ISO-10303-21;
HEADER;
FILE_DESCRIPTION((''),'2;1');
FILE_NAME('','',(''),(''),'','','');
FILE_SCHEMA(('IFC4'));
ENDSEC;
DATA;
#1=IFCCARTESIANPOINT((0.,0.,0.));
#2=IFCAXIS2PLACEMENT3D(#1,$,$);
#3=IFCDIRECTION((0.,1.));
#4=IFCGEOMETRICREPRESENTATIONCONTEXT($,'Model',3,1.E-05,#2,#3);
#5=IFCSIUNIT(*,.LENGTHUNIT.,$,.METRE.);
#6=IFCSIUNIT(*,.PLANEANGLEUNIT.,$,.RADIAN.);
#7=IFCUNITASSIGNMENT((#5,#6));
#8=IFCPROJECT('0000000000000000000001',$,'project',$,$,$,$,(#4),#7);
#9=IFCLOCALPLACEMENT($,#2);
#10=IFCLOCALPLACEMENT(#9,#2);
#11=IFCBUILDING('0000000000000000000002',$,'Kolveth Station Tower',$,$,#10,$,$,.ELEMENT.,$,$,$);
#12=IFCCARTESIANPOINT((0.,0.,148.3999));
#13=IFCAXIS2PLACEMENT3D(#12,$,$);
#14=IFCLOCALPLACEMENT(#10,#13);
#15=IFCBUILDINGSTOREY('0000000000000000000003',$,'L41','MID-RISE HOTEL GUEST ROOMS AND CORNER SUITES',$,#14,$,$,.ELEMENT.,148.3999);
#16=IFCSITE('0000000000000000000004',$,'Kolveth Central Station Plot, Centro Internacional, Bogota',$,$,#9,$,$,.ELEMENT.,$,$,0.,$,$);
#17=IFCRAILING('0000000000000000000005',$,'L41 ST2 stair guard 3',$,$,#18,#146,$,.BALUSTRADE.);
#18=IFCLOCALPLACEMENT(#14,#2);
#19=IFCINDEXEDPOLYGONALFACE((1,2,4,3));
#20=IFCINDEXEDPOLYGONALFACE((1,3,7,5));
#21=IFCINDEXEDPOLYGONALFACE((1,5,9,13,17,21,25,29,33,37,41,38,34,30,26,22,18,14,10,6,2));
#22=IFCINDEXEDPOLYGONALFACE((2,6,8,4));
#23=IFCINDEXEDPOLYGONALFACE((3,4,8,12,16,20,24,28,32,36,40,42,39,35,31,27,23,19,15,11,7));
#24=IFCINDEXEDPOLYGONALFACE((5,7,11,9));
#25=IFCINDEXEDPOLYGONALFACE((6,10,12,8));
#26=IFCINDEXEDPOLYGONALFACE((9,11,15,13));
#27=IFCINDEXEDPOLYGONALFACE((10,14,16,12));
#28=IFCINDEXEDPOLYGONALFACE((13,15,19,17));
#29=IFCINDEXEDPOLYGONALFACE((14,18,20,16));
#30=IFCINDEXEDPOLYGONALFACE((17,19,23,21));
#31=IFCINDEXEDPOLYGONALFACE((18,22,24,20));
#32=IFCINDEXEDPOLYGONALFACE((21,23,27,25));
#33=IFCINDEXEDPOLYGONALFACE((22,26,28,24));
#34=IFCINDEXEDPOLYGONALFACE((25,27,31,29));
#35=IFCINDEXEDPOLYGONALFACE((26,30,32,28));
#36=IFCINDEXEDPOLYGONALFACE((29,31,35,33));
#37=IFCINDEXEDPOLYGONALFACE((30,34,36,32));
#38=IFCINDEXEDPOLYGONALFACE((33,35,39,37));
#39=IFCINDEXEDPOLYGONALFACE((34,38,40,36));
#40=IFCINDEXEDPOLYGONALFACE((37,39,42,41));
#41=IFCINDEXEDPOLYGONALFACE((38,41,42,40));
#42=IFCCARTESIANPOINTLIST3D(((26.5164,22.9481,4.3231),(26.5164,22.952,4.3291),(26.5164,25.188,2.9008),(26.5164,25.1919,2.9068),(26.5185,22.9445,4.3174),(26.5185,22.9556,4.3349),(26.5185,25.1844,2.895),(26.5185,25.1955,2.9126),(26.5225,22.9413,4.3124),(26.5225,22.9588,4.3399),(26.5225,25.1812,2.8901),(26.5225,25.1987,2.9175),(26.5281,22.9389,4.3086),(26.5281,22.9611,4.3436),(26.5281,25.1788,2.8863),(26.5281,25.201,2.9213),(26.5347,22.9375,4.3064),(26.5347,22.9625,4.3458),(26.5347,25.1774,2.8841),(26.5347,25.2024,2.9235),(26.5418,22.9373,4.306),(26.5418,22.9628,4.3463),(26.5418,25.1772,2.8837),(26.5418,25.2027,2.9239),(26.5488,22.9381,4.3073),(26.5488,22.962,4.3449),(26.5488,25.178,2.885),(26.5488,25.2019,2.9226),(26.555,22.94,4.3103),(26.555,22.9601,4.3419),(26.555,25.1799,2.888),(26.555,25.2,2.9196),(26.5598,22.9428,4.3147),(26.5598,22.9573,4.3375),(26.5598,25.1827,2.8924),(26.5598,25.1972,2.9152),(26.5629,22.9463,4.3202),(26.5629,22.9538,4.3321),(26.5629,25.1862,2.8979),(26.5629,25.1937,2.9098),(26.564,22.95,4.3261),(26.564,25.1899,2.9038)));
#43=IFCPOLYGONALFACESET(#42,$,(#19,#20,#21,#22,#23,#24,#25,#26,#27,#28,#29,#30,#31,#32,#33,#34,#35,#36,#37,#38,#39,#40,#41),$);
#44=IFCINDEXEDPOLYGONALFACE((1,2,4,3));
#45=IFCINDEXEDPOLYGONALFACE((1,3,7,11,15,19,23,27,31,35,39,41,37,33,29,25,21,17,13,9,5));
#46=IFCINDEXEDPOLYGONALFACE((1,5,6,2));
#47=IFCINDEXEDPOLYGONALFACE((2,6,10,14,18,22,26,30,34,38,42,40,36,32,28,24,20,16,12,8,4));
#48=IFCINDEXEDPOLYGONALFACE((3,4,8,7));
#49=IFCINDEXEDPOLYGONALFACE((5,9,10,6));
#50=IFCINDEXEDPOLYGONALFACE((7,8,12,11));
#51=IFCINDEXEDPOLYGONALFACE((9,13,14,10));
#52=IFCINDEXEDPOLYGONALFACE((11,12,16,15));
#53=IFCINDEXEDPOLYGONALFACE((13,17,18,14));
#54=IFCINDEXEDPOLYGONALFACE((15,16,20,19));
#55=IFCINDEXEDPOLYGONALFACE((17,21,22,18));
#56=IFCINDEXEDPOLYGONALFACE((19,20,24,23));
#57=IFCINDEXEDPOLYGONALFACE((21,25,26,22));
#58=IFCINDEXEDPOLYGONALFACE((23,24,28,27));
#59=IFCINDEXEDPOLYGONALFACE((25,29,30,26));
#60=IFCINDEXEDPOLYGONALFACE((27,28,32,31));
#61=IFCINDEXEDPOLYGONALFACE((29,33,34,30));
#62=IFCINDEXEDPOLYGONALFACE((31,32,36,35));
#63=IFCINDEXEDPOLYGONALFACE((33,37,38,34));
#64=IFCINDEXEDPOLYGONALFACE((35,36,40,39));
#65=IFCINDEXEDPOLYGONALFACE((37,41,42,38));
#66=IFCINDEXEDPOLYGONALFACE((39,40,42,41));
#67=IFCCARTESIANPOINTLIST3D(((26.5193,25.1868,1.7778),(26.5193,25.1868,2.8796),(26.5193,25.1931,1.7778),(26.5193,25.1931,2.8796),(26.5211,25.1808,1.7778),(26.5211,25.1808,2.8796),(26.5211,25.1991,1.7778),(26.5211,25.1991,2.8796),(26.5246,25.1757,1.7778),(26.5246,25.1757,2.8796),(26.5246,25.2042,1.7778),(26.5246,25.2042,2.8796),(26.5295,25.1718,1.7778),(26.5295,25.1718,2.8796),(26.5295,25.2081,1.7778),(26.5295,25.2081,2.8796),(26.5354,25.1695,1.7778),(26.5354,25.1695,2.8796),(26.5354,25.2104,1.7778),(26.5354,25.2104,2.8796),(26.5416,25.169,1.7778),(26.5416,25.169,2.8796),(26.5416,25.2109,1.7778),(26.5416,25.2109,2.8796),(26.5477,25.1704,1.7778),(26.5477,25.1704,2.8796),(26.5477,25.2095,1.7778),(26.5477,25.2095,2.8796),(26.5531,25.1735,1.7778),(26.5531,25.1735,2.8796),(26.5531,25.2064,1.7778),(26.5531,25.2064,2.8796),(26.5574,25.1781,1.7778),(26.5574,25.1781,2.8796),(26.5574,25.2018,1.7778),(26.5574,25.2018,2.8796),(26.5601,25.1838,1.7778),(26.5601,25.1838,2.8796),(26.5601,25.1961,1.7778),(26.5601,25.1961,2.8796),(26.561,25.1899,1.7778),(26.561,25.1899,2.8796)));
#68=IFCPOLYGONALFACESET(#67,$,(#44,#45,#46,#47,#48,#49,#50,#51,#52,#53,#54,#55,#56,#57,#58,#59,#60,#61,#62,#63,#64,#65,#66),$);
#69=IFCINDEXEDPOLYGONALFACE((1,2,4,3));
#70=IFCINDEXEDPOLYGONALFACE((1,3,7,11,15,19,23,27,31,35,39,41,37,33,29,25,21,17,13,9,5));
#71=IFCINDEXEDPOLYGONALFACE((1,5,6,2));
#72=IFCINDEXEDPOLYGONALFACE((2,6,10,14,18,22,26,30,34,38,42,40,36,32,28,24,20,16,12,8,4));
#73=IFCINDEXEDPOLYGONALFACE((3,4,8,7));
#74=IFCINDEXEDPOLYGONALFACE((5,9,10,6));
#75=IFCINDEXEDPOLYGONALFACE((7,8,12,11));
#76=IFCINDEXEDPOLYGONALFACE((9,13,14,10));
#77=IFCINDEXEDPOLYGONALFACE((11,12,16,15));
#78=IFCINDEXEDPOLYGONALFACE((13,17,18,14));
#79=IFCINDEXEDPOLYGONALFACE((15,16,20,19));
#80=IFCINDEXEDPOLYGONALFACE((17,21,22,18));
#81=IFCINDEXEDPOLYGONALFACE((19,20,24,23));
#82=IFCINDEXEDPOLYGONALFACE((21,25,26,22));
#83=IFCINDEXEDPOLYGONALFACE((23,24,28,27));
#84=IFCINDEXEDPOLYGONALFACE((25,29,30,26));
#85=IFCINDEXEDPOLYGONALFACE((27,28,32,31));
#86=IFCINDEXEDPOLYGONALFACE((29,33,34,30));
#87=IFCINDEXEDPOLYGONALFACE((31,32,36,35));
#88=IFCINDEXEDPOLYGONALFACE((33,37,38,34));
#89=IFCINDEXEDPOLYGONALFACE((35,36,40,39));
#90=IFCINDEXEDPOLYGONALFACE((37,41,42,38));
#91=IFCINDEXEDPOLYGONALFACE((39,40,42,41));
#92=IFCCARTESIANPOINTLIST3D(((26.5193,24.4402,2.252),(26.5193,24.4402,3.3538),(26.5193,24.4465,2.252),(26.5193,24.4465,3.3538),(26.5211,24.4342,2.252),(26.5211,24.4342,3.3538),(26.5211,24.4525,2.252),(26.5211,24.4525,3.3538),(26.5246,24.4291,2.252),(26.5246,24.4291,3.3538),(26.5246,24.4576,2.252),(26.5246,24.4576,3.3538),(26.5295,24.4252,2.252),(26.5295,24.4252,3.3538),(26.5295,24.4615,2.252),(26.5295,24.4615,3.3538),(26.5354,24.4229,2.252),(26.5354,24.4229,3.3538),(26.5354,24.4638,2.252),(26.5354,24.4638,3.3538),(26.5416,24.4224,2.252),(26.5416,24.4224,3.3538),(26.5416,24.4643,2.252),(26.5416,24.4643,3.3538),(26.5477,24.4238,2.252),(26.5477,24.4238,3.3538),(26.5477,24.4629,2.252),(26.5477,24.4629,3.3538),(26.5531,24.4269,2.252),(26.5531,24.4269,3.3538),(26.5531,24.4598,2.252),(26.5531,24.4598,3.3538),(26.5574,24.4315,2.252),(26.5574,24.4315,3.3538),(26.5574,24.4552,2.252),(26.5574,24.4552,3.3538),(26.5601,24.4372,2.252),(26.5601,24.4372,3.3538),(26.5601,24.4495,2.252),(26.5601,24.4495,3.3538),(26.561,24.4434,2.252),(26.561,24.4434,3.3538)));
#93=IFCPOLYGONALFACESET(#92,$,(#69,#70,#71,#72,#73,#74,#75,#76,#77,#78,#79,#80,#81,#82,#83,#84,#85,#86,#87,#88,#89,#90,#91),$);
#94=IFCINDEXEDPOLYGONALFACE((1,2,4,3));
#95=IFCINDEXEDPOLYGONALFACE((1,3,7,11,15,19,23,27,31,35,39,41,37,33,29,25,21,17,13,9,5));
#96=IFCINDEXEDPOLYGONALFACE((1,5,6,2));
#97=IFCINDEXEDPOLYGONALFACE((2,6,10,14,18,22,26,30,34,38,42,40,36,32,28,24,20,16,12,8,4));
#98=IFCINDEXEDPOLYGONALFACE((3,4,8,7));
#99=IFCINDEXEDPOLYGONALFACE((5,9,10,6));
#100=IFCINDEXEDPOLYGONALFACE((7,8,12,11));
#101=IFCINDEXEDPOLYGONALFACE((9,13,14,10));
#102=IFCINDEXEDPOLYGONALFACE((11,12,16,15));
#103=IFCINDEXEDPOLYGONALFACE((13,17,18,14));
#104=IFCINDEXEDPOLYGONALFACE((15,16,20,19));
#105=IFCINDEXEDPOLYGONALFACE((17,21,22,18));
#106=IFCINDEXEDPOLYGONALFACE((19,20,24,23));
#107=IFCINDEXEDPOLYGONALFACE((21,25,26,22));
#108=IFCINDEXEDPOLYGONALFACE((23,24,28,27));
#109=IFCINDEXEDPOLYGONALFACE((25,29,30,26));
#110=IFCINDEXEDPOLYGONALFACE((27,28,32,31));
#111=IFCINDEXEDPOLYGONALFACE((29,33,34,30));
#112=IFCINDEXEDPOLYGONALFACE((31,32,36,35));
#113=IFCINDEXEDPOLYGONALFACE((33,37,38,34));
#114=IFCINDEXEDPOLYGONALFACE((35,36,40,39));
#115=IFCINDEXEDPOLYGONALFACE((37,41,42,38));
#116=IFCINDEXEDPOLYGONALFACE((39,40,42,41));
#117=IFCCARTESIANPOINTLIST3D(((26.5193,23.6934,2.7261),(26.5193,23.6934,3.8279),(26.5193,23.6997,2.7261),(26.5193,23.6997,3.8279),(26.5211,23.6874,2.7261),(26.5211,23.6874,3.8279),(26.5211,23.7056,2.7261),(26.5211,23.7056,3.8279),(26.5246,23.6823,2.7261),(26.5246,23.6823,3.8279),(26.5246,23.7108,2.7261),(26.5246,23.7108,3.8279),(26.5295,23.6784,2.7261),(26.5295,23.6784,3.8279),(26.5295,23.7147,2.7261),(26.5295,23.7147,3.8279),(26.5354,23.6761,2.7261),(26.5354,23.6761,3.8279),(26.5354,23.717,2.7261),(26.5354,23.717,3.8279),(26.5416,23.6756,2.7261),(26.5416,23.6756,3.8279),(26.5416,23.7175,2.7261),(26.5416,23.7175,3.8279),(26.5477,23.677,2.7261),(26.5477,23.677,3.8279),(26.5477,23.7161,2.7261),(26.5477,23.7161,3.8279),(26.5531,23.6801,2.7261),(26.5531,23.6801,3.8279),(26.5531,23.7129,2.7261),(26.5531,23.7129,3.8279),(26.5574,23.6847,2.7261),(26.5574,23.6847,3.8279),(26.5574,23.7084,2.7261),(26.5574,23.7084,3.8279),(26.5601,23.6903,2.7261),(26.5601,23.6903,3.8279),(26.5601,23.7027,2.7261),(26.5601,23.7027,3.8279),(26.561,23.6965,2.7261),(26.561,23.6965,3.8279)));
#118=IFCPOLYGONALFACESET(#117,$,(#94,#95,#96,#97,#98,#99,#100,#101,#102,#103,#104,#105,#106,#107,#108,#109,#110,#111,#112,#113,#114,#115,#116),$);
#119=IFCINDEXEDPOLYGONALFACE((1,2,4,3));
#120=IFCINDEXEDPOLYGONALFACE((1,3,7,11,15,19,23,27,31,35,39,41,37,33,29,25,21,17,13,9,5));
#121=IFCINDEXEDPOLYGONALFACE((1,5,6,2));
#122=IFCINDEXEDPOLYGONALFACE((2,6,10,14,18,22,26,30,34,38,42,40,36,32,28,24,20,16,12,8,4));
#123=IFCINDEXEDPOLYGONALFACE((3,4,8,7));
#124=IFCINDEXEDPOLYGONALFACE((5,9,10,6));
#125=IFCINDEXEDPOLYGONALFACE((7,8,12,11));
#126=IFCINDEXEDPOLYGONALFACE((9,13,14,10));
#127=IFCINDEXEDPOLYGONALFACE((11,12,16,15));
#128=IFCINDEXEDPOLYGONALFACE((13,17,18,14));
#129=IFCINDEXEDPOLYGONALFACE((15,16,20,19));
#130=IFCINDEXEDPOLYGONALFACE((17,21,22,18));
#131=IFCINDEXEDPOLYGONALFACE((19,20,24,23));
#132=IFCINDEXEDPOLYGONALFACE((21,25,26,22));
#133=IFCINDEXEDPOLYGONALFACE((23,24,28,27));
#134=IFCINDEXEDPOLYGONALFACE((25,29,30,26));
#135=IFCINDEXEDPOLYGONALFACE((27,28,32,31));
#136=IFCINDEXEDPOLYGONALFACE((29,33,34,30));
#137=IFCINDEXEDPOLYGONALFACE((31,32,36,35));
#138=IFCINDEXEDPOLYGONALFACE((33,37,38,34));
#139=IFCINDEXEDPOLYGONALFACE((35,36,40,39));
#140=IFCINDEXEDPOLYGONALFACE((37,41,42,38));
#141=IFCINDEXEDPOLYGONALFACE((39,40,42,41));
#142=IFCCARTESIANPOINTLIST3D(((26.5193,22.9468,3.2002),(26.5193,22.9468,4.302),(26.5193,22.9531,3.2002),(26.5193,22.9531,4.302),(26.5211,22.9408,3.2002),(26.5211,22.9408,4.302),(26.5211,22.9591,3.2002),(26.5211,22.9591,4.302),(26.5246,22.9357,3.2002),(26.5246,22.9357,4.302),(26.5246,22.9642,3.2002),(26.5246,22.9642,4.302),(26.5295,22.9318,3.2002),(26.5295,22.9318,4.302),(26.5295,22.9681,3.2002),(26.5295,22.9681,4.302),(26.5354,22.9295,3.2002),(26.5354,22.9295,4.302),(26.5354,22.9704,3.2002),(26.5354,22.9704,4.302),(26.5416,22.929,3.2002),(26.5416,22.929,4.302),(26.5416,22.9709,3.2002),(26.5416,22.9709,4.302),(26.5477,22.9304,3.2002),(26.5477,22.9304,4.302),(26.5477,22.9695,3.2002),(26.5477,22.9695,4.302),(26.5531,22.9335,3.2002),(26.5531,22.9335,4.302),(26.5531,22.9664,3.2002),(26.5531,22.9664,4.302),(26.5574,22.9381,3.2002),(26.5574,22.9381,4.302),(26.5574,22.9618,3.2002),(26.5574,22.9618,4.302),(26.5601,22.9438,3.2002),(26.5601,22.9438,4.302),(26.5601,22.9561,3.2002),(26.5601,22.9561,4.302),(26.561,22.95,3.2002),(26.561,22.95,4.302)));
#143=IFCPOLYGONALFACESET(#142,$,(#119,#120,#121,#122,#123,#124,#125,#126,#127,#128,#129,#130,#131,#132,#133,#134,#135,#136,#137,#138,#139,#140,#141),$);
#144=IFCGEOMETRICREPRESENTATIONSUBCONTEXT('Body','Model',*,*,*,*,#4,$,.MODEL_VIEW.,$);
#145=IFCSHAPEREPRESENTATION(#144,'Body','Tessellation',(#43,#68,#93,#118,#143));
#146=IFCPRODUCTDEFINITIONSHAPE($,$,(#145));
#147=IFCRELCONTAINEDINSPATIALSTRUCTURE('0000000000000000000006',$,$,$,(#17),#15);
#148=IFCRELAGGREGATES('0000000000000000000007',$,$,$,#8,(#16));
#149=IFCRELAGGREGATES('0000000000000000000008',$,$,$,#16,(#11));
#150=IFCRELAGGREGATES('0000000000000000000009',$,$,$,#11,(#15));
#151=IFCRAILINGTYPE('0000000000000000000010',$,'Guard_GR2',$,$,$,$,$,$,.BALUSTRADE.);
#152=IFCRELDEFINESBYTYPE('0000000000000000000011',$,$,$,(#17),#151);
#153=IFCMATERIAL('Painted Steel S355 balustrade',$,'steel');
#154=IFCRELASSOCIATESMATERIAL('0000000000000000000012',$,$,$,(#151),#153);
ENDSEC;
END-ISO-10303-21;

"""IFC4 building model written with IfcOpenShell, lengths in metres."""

from ifc_helpers import new_model, si_unit, direction, frame, origin, origin_2d, place, context, subcontext, project, spatial, circle, extrude, material, type_object, element, save


model = new_model("IFC4")

# Units and contexts
model_context = context("Model", 3, precision=1e-05, world=origin(), true_north=direction((0.0, 1.0)))
body_context = subcontext(model_context, "Body", "Model", "MODEL_VIEW")
ifc_project = project(units=[si_unit("LENGTHUNIT", "METRE"), si_unit("PLANEANGLEUNIT", "RADIAN")], contexts=[model_context])

# Site, building, storey
site_placement = place(None, origin())
site = spatial("IfcSite", under=ifc_project, at=site_placement, Name="Kolveth Central Station Plot, Centro Internacional, Bogota", CompositionType="ELEMENT", RefElevation=0.0)
building_placement = place(site_placement, origin())
building = spatial("IfcBuilding", under=site, at=building_placement, Name="Kolveth Station Tower", CompositionType="ELEMENT")
storey_placement = place(building_placement, frame((0.0, 0.0, 148.3999)))
storey = spatial("IfcBuildingStorey", under=building, at=storey_placement, Name="L41", Description="MID-RISE HOTEL GUEST ROOMS AND CORNER SUITES", CompositionType="ELEMENT", Elevation=148.3999)

# Railing
ifc_material_1 = material(Name="Painted Steel S355 balustrade", Category="steel")
railing_type_1 = type_object("IfcRailingType", Name="Guard_GR2", PredefinedType="BALUSTRADE", material=ifc_material_1)
railing_1_placement = place(storey_placement, frame((26.54, 25.1899, 1.7778)))
element("IfcRailing", 1, at=railing_1_placement, inside=storey, type_object=railing_type_1, Name="L41 ST2 stair guard 3", PredefinedType="BALUSTRADE", context=body_context, shape_type="SweptSolid", body=[
    extrude(circle(Radius=0.0239, at=origin_2d()), frame((0.0, 0.0, 1.126), z_axis=(0.0, -0.844188, 0.536048), x_axis=(1.0, 0.0, 0.0)), (0.0, 0.0, 1.0), 2.6533),
    extrude(circle(Radius=0.021, at=origin_2d()), origin(), (0.0, 0.0, 1.0), 1.1018),
    extrude(circle(Radius=0.021, at=origin_2d()), frame((0.0, -0.7466, 0.4741)), (0.0, 0.0, 1.0), 1.1018),
    extrude(circle(Radius=0.021, at=origin_2d()), frame((0.0, -1.4934, 0.9482)), (0.0, 0.0, 1.0), 1.1018),
    extrude(circle(Radius=0.021, at=origin_2d()), frame((0.0, -2.24, 1.4224)), (0.0, 0.0, 1.0), 1.1018),
])

save(model, "model.ifc")
